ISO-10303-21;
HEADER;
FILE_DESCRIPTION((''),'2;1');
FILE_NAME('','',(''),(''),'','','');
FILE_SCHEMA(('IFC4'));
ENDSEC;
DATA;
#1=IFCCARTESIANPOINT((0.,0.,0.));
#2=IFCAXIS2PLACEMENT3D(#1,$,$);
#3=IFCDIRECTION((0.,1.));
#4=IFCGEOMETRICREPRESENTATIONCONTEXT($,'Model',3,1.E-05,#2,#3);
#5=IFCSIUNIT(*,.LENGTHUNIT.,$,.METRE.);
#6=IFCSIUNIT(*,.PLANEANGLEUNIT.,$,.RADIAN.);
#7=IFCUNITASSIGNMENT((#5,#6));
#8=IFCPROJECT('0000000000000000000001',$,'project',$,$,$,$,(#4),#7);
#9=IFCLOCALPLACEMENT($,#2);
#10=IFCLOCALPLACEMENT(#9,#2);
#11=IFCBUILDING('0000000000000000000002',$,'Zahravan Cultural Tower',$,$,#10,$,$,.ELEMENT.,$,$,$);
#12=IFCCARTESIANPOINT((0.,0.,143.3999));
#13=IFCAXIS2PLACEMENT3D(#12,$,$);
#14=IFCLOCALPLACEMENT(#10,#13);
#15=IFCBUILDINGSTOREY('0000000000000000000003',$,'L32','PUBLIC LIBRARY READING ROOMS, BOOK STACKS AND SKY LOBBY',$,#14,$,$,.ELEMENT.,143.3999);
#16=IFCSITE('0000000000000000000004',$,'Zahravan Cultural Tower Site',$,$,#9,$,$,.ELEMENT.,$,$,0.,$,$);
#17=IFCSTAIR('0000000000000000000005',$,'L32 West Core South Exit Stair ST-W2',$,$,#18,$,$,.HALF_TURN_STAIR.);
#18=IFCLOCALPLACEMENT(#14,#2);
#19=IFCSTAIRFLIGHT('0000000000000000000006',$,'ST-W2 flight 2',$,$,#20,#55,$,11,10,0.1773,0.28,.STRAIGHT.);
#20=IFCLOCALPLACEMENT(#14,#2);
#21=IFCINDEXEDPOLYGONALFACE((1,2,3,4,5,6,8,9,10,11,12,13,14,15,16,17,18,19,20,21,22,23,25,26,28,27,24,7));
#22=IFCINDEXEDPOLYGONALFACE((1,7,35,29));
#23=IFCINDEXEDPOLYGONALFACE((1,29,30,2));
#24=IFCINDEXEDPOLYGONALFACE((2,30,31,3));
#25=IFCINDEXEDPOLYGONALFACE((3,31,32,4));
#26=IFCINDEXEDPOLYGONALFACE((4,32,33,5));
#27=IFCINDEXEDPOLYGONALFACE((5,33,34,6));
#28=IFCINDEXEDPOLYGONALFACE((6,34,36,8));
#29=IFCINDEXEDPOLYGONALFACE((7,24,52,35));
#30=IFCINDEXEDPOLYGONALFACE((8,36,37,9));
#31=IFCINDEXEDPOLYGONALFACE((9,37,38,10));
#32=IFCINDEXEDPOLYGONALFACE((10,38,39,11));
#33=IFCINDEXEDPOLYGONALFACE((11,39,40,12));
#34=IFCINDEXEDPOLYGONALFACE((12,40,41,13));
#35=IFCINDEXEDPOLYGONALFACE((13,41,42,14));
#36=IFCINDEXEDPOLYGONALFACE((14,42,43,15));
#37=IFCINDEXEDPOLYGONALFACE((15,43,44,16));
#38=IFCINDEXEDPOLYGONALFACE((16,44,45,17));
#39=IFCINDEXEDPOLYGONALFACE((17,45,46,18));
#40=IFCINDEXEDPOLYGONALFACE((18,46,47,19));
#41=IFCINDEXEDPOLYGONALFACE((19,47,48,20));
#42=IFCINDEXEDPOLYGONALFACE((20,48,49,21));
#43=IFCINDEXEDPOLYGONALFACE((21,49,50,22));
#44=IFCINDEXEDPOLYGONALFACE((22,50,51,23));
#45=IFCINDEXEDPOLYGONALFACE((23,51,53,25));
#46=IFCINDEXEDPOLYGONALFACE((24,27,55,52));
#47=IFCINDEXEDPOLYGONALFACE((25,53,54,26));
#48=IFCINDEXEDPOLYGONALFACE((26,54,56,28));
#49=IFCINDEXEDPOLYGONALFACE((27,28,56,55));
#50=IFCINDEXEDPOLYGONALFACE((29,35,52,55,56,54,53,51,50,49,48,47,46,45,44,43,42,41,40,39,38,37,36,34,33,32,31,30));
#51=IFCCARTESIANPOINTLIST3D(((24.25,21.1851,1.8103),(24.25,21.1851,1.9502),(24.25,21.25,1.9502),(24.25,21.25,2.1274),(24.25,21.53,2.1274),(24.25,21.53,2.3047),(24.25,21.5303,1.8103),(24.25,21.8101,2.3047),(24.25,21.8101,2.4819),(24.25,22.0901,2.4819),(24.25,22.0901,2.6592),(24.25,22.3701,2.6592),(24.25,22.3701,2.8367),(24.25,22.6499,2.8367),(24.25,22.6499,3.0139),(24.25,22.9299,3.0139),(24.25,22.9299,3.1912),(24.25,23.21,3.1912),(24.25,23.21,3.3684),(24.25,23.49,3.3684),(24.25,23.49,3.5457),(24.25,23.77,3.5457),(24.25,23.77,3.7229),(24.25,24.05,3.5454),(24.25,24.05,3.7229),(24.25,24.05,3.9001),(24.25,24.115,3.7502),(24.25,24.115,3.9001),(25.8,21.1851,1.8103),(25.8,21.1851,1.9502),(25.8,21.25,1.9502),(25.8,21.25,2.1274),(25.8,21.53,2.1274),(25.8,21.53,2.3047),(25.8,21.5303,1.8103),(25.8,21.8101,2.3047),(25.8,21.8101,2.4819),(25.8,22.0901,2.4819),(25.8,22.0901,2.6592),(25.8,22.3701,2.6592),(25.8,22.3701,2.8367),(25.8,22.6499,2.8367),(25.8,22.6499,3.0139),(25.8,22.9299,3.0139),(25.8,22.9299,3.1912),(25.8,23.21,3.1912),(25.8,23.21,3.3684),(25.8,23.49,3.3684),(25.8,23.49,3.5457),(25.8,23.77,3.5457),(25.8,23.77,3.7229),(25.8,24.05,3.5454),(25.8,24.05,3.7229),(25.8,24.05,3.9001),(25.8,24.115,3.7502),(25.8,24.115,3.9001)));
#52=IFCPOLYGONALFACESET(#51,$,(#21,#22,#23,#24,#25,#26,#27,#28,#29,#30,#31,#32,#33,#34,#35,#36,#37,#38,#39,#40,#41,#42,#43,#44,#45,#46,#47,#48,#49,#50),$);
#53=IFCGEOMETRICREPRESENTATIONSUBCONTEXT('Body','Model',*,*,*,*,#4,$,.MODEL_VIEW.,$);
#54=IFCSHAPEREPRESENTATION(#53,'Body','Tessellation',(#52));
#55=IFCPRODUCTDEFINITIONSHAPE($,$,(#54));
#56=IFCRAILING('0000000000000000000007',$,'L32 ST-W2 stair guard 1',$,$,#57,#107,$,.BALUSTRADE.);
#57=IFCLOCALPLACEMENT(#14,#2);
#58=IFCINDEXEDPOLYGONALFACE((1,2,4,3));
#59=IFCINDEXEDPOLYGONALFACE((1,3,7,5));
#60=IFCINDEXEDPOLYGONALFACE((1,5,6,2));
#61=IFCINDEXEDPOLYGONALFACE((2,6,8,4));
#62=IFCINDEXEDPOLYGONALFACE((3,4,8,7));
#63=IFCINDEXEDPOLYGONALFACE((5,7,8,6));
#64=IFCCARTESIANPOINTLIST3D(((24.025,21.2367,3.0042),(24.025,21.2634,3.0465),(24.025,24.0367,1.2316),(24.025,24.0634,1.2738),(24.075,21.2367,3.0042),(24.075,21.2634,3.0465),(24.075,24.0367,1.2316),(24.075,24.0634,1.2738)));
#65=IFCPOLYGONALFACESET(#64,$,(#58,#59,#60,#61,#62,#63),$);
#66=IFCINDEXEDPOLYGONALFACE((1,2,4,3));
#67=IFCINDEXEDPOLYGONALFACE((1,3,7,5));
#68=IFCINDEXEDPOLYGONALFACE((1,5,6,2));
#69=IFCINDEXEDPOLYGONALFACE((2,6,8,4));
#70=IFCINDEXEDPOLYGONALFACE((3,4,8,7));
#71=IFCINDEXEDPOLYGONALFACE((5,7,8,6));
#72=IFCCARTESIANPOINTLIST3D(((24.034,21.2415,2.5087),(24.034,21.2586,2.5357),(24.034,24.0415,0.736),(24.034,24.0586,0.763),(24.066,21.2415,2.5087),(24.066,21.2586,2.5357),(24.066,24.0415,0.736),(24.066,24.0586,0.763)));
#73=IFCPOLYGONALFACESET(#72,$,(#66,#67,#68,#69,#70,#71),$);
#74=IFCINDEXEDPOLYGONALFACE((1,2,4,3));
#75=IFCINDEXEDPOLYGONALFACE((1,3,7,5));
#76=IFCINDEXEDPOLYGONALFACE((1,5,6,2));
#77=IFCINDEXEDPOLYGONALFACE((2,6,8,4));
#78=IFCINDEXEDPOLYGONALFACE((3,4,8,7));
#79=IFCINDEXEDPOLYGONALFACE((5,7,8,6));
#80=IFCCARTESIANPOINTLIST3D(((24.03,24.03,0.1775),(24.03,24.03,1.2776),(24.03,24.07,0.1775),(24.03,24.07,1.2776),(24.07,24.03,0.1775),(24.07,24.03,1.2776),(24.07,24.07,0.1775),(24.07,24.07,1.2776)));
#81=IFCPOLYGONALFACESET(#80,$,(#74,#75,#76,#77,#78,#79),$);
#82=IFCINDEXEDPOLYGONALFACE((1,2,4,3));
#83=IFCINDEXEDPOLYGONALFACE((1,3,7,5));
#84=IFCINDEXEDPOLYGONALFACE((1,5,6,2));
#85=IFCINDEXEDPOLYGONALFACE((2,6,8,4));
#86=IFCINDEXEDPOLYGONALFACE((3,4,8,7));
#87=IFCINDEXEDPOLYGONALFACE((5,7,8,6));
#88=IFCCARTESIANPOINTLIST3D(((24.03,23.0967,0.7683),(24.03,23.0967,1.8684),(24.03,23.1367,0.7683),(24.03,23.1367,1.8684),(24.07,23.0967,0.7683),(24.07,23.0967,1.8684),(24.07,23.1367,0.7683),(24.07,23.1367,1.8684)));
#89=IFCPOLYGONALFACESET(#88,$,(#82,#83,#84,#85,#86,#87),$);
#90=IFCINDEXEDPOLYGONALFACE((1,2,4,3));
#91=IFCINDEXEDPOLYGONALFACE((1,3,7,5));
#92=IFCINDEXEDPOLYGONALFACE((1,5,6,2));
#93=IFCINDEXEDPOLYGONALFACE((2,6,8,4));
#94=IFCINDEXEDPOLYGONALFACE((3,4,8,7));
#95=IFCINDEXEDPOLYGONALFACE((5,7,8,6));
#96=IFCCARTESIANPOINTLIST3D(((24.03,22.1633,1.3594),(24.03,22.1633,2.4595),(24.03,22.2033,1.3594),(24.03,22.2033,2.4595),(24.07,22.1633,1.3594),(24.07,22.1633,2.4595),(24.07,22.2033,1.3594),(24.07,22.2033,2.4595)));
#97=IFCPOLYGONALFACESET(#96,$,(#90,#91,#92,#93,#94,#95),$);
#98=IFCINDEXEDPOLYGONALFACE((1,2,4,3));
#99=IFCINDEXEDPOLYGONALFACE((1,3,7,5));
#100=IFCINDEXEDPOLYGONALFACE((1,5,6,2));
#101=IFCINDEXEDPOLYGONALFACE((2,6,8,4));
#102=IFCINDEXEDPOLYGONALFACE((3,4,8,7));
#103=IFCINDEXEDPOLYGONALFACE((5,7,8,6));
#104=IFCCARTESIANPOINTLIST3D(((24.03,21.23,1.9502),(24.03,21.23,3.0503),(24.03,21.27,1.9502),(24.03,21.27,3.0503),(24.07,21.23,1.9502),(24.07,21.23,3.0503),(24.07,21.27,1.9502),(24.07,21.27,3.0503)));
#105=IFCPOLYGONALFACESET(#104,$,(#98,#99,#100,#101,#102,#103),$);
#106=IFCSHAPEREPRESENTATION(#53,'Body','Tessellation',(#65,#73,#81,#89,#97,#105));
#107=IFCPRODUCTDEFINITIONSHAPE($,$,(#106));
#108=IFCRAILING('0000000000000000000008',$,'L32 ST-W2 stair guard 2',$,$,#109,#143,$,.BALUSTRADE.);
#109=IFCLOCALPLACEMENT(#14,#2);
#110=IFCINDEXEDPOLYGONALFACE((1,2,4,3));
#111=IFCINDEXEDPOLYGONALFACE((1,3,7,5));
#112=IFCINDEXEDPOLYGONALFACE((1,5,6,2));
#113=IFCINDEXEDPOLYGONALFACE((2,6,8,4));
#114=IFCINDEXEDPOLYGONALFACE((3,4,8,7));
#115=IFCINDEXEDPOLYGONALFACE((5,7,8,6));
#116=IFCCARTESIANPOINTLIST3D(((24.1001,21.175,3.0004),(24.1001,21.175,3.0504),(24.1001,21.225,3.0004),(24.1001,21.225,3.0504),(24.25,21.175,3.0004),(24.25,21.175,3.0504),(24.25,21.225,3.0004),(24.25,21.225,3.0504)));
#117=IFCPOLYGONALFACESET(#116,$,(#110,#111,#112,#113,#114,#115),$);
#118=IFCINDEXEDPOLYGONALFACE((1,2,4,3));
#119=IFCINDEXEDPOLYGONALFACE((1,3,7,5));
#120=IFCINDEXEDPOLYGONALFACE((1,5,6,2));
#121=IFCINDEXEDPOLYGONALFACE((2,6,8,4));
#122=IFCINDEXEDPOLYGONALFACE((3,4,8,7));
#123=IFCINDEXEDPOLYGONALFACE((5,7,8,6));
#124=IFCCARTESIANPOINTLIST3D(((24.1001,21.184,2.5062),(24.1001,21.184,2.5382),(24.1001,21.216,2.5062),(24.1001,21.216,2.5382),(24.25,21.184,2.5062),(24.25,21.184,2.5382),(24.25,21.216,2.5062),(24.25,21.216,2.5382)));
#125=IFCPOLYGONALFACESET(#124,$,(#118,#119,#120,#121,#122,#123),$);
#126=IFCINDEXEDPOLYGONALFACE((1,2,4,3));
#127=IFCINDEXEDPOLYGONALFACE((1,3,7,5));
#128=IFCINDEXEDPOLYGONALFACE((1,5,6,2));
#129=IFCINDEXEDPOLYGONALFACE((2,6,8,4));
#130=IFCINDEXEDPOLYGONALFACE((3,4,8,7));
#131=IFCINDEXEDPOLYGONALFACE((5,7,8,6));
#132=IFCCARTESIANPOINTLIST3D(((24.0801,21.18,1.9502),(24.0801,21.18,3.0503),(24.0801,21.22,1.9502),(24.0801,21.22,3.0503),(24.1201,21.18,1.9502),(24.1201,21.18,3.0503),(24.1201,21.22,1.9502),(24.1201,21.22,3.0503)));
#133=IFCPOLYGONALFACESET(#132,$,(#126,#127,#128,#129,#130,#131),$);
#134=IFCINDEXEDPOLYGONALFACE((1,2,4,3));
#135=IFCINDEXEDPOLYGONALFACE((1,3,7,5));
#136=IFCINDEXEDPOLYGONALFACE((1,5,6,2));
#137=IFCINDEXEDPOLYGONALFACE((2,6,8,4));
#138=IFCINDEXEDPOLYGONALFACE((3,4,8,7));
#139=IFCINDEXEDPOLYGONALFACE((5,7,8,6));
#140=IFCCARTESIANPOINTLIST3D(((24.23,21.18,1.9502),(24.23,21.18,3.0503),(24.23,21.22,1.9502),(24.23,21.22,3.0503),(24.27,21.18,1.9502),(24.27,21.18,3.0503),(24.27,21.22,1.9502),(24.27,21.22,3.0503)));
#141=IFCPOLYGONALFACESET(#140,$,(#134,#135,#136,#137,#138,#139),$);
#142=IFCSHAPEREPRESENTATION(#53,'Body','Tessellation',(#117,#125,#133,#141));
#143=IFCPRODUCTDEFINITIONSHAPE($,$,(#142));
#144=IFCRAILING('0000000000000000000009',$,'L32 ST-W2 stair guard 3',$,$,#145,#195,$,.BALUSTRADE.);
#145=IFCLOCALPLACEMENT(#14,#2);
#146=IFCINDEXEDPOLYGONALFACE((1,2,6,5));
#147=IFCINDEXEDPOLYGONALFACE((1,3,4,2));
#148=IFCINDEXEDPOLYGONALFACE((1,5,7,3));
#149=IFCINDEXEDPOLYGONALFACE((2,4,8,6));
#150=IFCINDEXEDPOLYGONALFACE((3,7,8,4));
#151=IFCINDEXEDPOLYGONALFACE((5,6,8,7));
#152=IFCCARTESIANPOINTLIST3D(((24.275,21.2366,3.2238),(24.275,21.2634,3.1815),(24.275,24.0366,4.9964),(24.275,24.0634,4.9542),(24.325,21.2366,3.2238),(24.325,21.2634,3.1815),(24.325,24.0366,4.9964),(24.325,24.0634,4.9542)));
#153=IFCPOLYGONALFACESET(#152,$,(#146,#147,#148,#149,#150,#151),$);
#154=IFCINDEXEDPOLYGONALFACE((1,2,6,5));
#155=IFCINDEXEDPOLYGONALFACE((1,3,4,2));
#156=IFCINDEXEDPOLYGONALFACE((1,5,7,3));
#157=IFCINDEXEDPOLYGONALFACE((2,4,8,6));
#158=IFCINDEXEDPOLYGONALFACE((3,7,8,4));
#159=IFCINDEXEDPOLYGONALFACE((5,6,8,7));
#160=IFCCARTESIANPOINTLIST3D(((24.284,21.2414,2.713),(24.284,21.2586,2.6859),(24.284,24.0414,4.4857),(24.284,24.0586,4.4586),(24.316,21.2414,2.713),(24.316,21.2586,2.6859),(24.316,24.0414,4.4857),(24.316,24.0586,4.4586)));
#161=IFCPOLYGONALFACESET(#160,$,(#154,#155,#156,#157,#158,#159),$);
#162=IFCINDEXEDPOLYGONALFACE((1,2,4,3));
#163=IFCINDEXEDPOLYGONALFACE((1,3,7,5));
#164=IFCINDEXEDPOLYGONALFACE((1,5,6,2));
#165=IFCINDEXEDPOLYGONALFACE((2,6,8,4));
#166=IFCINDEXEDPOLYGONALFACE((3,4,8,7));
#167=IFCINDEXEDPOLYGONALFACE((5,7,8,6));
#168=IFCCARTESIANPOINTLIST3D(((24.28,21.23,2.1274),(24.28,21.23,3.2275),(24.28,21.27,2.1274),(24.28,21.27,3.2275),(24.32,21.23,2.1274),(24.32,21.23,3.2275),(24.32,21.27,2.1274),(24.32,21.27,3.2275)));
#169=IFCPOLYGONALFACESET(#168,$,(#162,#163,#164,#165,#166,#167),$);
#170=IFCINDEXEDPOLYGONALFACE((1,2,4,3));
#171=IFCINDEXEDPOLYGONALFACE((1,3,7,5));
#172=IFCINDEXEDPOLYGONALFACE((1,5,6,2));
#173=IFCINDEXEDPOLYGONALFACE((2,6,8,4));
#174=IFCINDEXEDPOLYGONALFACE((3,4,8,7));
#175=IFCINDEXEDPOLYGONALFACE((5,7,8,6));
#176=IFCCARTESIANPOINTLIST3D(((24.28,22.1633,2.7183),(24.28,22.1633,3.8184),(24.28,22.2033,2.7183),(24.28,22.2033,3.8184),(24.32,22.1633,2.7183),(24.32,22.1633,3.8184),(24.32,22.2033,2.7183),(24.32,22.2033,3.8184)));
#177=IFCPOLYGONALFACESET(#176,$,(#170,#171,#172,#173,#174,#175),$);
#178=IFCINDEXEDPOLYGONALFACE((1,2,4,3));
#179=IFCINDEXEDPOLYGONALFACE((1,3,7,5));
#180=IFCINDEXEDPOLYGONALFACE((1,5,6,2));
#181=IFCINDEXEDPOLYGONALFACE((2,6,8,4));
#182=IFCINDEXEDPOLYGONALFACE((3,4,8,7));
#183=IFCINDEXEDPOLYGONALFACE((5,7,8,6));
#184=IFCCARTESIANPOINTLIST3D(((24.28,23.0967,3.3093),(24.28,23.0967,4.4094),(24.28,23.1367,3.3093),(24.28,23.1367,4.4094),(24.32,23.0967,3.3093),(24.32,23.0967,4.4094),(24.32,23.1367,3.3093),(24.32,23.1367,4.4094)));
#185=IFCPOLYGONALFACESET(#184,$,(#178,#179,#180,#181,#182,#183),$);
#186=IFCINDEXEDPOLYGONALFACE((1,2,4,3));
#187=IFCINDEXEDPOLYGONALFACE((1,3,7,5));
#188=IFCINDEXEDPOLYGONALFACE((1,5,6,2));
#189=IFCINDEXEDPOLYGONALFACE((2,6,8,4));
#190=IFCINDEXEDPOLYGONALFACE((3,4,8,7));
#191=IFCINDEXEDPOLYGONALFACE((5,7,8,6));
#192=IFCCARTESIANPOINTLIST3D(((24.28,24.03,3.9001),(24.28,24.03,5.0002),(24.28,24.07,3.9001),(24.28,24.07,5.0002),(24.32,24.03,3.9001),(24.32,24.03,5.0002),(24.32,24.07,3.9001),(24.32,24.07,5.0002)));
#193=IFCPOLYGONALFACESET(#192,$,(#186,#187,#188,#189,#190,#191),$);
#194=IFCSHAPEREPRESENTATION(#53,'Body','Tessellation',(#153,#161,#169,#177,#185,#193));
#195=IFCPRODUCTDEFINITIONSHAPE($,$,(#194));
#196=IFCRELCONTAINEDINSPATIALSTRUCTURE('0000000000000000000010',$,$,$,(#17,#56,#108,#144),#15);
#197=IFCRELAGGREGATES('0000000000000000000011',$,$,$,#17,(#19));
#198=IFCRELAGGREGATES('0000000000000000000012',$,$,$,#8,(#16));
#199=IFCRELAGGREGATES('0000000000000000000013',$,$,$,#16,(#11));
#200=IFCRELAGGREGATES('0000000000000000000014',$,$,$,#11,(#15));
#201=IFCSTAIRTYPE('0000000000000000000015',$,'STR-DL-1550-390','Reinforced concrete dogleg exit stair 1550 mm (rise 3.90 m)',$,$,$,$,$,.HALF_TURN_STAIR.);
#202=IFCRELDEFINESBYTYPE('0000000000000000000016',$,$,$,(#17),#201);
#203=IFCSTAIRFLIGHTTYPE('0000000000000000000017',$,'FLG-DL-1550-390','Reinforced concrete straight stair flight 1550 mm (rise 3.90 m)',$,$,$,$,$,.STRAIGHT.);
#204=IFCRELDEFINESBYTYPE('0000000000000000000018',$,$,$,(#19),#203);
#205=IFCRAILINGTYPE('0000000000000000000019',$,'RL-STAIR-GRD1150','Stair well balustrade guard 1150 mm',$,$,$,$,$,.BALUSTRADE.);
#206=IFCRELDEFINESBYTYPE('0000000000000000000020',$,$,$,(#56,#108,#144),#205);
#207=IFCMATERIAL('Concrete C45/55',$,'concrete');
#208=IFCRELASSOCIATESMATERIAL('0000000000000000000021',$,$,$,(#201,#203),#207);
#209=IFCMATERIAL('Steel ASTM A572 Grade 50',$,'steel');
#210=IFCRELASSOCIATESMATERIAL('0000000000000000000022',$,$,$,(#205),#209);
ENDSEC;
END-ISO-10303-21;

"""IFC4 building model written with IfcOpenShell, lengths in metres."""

from ifc_helpers import new_model, si_unit, direction, frame, origin, origin_2d, place, context, subcontext, project, spatial, polyline, rectangle, outline, extrude, material, type_object, element, aggregate, save


model = new_model("IFC4")

# Units and contexts
model_context = context("Model", 3, precision=1e-05, world=origin(), true_north=direction((0.0, 1.0)))
body_context = subcontext(model_context, "Body", "Model", "MODEL_VIEW")
ifc_project = project(units=[si_unit("LENGTHUNIT", "METRE"), si_unit("PLANEANGLEUNIT", "RADIAN")], contexts=[model_context])

# Site, building, storey
site_placement = place(None, origin())
site = spatial("IfcSite", under=ifc_project, at=site_placement, Name="Zahravan Cultural Tower Site", CompositionType="ELEMENT", RefElevation=0.0)
building_placement = place(site_placement, origin())
building = spatial("IfcBuilding", under=site, at=building_placement, Name="Zahravan Cultural Tower", CompositionType="ELEMENT")
storey_placement = place(building_placement, frame((0.0, 0.0, 143.3999)))
storey = spatial("IfcBuildingStorey", under=building, at=storey_placement, Name="L32", Description="PUBLIC LIBRARY READING ROOMS, BOOK STACKS AND SKY LOBBY", CompositionType="ELEMENT", Elevation=143.3999)

# Shared definitions
ifc_material_1 = material(Name="Steel ASTM A572 Grade 50", Category="steel")
ifc_material_2 = material(Name="Concrete C45/55", Category="concrete")

# Stair, stair flight
stair_type = type_object("IfcStairType", Name="STR-DL-1550-390", Description="Reinforced concrete dogleg exit stair 1550 mm (rise 3.90 m)", PredefinedType="HALF_TURN_STAIR", material=ifc_material_2)
stair_placement = place(storey_placement, origin())
stair = element("IfcStair", 1, at=stair_placement, inside=storey, type_object=stair_type, Name="L32 West Core South Exit Stair ST-W2", PredefinedType="HALF_TURN_STAIR")
stair_flight_type = type_object("IfcStairFlightType", Name="FLG-DL-1550-390", Description="Reinforced concrete straight stair flight 1550 mm (rise 3.90 m)", PredefinedType="STRAIGHT", material=ifc_material_2)
stair_flight_1_placement = place(storey_placement, frame((25.0249, 21.25, 1.9502), z_axis=(0.0, 0.0, 1.0), x_axis=(0.0, 1.0, 0.0)))
stair_flight_1 = element("IfcStairFlight", 2, at=stair_flight_1_placement, type_object=stair_flight_type, Name="ST-W2 flight 2", NumberOfRisers=11, NumberOfTreads=10, PredefinedType="STRAIGHT", RiserHeight=0.1773, TreadLength=0.28, context=body_context, shape_type="SweptSolid", body=[
    extrude(outline(polyline([(-0.0649, -0.1399), (-0.0649, 0.0), (0.0, 0.0), (0.0, 0.1772), (0.28, 0.1772), (0.28, 0.3545), (0.5601, 0.3545), (0.5601, 0.5317), (0.8401, 0.5317), (0.8401, 0.709), (1.1201, 0.709), (1.1201, 0.8865), (1.3999, 0.8865), (1.3999, 1.0637), (1.6799, 1.0637), (1.6799, 1.241), (1.96, 1.241), (1.96, 1.4182), (2.24, 1.4182), (2.24, 1.5955), (2.52, 1.5955), (2.52, 1.7727), (2.8, 1.7727), (2.8, 1.95), (2.865, 1.95), (2.865, 1.8), (2.8, 1.5952), (0.2803, -0.1399), (-0.0649, -0.1399)])), frame((0.0, 0.7749, 0.0), z_axis=(0.0, -1.0, 0.0), x_axis=(1.0, 0.0, 0.0)), (0.0, 0.0, 1.0), 1.55),
])
aggregate(stair, [stair_flight_1])

# Railings
railing_type_1 = type_object("IfcRailingType", Name="RL-STAIR-GRD1150", Description="Stair well balustrade guard 1150 mm", PredefinedType="BALUSTRADE", material=ifc_material_1)
railing_1_placement = place(storey_placement, frame((24.05, 24.05, 0.1775)))
element("IfcRailing", 3, at=railing_1_placement, inside=storey, type_object=railing_type_1, Name="L32 ST-W2 stair guard 1", PredefinedType="BALUSTRADE", context=body_context, shape_type="SweptSolid", body=[
    extrude(rectangle(XDim=0.05, YDim=0.05, at=origin_2d()), frame((0.0, 0.0, 1.0752), z_axis=(0.0, -0.844909, 0.53491), x_axis=(1.0, 0.0, 0.0)), (0.0, 0.0, 1.0), 3.314),
    extrude(rectangle(XDim=0.032, YDim=0.032, at=origin_2d()), frame((0.0, 0.0, 0.572), z_axis=(0.0, -0.844909, 0.53491), x_axis=(1.0, 0.0, 0.0)), (0.0, 0.0, 1.0), 3.314),
    extrude(rectangle(XDim=0.04, YDim=0.04, at=origin_2d()), origin(), (0.0, 0.0, 1.0), 1.1001),
    extrude(rectangle(XDim=0.04, YDim=0.04, at=origin_2d()), frame((0.0, -0.9333, 0.5908)), (0.0, 0.0, 1.0), 1.1001),
    extrude(rectangle(XDim=0.04, YDim=0.04, at=origin_2d()), frame((0.0, -1.8667, 1.1819)), (0.0, 0.0, 1.0), 1.1001),
    extrude(rectangle(XDim=0.04, YDim=0.04, at=origin_2d()), frame((0.0, -2.8, 1.7727)), (0.0, 0.0, 1.0), 1.1001),
])
railing_2_placement = place(storey_placement, frame((24.1001, 21.2, 1.9502)))
element("IfcRailing", 4, at=railing_2_placement, inside=storey, type_object=railing_type_1, Name="L32 ST-W2 stair guard 2", PredefinedType="BALUSTRADE", context=body_context, shape_type="SweptSolid", body=[
    extrude(rectangle(XDim=0.05, YDim=0.05, at=origin_2d()), frame((0.0, 0.0, 1.0752), z_axis=(1.0, 0.0, 0.0), x_axis=(0.0, 1.0, 0.0)), (0.0, 0.0, 1.0), 0.1499),
    extrude(rectangle(XDim=0.032, YDim=0.032, at=origin_2d()), frame((0.0, 0.0, 0.572), z_axis=(1.0, 0.0, 0.0), x_axis=(0.0, 1.0, 0.0)), (0.0, 0.0, 1.0), 0.1499),
    extrude(rectangle(XDim=0.04, YDim=0.04, at=origin_2d()), origin(), (0.0, 0.0, 1.0), 1.1001),
    extrude(rectangle(XDim=0.04, YDim=0.04, at=origin_2d()), frame((0.1499, 0.0, 0.0)), (0.0, 0.0, 1.0), 1.1001),
])
railing_3_placement = place(storey_placement, frame((24.3, 21.25, 2.1274)))
element("IfcRailing", 5, at=railing_3_placement, inside=storey, type_object=railing_type_1, Name="L32 ST-W2 stair guard 3", PredefinedType="BALUSTRADE", context=body_context, shape_type="SweptSolid", body=[
    extrude(rectangle(XDim=0.05, YDim=0.05, at=origin_2d()), frame((0.0, 0.0, 1.0752), z_axis=(0.0, 0.844909, 0.53491), x_axis=(-1.0, 0.0, 0.0)), (0.0, 0.0, 1.0), 3.314),
    extrude(rectangle(XDim=0.032, YDim=0.032, at=origin_2d()), frame((0.0, 0.0, 0.572), z_axis=(0.0, 0.844909, 0.53491), x_axis=(-1.0, 0.0, 0.0)), (0.0, 0.0, 1.0), 3.314),
    extrude(rectangle(XDim=0.04, YDim=0.04, at=origin_2d()), origin(), (0.0, 0.0, 1.0), 1.1001),
    extrude(rectangle(XDim=0.04, YDim=0.04, at=origin_2d()), frame((0.0, 0.9333, 0.5908)), (0.0, 0.0, 1.0), 1.1001),
    extrude(rectangle(XDim=0.04, YDim=0.04, at=origin_2d()), frame((0.0, 1.8667, 1.1819)), (0.0, 0.0, 1.0), 1.1001),
    extrude(rectangle(XDim=0.04, YDim=0.04, at=origin_2d()), frame((0.0, 2.8, 1.7727)), (0.0, 0.0, 1.0), 1.1001),
])

save(model, "model.ifc")
